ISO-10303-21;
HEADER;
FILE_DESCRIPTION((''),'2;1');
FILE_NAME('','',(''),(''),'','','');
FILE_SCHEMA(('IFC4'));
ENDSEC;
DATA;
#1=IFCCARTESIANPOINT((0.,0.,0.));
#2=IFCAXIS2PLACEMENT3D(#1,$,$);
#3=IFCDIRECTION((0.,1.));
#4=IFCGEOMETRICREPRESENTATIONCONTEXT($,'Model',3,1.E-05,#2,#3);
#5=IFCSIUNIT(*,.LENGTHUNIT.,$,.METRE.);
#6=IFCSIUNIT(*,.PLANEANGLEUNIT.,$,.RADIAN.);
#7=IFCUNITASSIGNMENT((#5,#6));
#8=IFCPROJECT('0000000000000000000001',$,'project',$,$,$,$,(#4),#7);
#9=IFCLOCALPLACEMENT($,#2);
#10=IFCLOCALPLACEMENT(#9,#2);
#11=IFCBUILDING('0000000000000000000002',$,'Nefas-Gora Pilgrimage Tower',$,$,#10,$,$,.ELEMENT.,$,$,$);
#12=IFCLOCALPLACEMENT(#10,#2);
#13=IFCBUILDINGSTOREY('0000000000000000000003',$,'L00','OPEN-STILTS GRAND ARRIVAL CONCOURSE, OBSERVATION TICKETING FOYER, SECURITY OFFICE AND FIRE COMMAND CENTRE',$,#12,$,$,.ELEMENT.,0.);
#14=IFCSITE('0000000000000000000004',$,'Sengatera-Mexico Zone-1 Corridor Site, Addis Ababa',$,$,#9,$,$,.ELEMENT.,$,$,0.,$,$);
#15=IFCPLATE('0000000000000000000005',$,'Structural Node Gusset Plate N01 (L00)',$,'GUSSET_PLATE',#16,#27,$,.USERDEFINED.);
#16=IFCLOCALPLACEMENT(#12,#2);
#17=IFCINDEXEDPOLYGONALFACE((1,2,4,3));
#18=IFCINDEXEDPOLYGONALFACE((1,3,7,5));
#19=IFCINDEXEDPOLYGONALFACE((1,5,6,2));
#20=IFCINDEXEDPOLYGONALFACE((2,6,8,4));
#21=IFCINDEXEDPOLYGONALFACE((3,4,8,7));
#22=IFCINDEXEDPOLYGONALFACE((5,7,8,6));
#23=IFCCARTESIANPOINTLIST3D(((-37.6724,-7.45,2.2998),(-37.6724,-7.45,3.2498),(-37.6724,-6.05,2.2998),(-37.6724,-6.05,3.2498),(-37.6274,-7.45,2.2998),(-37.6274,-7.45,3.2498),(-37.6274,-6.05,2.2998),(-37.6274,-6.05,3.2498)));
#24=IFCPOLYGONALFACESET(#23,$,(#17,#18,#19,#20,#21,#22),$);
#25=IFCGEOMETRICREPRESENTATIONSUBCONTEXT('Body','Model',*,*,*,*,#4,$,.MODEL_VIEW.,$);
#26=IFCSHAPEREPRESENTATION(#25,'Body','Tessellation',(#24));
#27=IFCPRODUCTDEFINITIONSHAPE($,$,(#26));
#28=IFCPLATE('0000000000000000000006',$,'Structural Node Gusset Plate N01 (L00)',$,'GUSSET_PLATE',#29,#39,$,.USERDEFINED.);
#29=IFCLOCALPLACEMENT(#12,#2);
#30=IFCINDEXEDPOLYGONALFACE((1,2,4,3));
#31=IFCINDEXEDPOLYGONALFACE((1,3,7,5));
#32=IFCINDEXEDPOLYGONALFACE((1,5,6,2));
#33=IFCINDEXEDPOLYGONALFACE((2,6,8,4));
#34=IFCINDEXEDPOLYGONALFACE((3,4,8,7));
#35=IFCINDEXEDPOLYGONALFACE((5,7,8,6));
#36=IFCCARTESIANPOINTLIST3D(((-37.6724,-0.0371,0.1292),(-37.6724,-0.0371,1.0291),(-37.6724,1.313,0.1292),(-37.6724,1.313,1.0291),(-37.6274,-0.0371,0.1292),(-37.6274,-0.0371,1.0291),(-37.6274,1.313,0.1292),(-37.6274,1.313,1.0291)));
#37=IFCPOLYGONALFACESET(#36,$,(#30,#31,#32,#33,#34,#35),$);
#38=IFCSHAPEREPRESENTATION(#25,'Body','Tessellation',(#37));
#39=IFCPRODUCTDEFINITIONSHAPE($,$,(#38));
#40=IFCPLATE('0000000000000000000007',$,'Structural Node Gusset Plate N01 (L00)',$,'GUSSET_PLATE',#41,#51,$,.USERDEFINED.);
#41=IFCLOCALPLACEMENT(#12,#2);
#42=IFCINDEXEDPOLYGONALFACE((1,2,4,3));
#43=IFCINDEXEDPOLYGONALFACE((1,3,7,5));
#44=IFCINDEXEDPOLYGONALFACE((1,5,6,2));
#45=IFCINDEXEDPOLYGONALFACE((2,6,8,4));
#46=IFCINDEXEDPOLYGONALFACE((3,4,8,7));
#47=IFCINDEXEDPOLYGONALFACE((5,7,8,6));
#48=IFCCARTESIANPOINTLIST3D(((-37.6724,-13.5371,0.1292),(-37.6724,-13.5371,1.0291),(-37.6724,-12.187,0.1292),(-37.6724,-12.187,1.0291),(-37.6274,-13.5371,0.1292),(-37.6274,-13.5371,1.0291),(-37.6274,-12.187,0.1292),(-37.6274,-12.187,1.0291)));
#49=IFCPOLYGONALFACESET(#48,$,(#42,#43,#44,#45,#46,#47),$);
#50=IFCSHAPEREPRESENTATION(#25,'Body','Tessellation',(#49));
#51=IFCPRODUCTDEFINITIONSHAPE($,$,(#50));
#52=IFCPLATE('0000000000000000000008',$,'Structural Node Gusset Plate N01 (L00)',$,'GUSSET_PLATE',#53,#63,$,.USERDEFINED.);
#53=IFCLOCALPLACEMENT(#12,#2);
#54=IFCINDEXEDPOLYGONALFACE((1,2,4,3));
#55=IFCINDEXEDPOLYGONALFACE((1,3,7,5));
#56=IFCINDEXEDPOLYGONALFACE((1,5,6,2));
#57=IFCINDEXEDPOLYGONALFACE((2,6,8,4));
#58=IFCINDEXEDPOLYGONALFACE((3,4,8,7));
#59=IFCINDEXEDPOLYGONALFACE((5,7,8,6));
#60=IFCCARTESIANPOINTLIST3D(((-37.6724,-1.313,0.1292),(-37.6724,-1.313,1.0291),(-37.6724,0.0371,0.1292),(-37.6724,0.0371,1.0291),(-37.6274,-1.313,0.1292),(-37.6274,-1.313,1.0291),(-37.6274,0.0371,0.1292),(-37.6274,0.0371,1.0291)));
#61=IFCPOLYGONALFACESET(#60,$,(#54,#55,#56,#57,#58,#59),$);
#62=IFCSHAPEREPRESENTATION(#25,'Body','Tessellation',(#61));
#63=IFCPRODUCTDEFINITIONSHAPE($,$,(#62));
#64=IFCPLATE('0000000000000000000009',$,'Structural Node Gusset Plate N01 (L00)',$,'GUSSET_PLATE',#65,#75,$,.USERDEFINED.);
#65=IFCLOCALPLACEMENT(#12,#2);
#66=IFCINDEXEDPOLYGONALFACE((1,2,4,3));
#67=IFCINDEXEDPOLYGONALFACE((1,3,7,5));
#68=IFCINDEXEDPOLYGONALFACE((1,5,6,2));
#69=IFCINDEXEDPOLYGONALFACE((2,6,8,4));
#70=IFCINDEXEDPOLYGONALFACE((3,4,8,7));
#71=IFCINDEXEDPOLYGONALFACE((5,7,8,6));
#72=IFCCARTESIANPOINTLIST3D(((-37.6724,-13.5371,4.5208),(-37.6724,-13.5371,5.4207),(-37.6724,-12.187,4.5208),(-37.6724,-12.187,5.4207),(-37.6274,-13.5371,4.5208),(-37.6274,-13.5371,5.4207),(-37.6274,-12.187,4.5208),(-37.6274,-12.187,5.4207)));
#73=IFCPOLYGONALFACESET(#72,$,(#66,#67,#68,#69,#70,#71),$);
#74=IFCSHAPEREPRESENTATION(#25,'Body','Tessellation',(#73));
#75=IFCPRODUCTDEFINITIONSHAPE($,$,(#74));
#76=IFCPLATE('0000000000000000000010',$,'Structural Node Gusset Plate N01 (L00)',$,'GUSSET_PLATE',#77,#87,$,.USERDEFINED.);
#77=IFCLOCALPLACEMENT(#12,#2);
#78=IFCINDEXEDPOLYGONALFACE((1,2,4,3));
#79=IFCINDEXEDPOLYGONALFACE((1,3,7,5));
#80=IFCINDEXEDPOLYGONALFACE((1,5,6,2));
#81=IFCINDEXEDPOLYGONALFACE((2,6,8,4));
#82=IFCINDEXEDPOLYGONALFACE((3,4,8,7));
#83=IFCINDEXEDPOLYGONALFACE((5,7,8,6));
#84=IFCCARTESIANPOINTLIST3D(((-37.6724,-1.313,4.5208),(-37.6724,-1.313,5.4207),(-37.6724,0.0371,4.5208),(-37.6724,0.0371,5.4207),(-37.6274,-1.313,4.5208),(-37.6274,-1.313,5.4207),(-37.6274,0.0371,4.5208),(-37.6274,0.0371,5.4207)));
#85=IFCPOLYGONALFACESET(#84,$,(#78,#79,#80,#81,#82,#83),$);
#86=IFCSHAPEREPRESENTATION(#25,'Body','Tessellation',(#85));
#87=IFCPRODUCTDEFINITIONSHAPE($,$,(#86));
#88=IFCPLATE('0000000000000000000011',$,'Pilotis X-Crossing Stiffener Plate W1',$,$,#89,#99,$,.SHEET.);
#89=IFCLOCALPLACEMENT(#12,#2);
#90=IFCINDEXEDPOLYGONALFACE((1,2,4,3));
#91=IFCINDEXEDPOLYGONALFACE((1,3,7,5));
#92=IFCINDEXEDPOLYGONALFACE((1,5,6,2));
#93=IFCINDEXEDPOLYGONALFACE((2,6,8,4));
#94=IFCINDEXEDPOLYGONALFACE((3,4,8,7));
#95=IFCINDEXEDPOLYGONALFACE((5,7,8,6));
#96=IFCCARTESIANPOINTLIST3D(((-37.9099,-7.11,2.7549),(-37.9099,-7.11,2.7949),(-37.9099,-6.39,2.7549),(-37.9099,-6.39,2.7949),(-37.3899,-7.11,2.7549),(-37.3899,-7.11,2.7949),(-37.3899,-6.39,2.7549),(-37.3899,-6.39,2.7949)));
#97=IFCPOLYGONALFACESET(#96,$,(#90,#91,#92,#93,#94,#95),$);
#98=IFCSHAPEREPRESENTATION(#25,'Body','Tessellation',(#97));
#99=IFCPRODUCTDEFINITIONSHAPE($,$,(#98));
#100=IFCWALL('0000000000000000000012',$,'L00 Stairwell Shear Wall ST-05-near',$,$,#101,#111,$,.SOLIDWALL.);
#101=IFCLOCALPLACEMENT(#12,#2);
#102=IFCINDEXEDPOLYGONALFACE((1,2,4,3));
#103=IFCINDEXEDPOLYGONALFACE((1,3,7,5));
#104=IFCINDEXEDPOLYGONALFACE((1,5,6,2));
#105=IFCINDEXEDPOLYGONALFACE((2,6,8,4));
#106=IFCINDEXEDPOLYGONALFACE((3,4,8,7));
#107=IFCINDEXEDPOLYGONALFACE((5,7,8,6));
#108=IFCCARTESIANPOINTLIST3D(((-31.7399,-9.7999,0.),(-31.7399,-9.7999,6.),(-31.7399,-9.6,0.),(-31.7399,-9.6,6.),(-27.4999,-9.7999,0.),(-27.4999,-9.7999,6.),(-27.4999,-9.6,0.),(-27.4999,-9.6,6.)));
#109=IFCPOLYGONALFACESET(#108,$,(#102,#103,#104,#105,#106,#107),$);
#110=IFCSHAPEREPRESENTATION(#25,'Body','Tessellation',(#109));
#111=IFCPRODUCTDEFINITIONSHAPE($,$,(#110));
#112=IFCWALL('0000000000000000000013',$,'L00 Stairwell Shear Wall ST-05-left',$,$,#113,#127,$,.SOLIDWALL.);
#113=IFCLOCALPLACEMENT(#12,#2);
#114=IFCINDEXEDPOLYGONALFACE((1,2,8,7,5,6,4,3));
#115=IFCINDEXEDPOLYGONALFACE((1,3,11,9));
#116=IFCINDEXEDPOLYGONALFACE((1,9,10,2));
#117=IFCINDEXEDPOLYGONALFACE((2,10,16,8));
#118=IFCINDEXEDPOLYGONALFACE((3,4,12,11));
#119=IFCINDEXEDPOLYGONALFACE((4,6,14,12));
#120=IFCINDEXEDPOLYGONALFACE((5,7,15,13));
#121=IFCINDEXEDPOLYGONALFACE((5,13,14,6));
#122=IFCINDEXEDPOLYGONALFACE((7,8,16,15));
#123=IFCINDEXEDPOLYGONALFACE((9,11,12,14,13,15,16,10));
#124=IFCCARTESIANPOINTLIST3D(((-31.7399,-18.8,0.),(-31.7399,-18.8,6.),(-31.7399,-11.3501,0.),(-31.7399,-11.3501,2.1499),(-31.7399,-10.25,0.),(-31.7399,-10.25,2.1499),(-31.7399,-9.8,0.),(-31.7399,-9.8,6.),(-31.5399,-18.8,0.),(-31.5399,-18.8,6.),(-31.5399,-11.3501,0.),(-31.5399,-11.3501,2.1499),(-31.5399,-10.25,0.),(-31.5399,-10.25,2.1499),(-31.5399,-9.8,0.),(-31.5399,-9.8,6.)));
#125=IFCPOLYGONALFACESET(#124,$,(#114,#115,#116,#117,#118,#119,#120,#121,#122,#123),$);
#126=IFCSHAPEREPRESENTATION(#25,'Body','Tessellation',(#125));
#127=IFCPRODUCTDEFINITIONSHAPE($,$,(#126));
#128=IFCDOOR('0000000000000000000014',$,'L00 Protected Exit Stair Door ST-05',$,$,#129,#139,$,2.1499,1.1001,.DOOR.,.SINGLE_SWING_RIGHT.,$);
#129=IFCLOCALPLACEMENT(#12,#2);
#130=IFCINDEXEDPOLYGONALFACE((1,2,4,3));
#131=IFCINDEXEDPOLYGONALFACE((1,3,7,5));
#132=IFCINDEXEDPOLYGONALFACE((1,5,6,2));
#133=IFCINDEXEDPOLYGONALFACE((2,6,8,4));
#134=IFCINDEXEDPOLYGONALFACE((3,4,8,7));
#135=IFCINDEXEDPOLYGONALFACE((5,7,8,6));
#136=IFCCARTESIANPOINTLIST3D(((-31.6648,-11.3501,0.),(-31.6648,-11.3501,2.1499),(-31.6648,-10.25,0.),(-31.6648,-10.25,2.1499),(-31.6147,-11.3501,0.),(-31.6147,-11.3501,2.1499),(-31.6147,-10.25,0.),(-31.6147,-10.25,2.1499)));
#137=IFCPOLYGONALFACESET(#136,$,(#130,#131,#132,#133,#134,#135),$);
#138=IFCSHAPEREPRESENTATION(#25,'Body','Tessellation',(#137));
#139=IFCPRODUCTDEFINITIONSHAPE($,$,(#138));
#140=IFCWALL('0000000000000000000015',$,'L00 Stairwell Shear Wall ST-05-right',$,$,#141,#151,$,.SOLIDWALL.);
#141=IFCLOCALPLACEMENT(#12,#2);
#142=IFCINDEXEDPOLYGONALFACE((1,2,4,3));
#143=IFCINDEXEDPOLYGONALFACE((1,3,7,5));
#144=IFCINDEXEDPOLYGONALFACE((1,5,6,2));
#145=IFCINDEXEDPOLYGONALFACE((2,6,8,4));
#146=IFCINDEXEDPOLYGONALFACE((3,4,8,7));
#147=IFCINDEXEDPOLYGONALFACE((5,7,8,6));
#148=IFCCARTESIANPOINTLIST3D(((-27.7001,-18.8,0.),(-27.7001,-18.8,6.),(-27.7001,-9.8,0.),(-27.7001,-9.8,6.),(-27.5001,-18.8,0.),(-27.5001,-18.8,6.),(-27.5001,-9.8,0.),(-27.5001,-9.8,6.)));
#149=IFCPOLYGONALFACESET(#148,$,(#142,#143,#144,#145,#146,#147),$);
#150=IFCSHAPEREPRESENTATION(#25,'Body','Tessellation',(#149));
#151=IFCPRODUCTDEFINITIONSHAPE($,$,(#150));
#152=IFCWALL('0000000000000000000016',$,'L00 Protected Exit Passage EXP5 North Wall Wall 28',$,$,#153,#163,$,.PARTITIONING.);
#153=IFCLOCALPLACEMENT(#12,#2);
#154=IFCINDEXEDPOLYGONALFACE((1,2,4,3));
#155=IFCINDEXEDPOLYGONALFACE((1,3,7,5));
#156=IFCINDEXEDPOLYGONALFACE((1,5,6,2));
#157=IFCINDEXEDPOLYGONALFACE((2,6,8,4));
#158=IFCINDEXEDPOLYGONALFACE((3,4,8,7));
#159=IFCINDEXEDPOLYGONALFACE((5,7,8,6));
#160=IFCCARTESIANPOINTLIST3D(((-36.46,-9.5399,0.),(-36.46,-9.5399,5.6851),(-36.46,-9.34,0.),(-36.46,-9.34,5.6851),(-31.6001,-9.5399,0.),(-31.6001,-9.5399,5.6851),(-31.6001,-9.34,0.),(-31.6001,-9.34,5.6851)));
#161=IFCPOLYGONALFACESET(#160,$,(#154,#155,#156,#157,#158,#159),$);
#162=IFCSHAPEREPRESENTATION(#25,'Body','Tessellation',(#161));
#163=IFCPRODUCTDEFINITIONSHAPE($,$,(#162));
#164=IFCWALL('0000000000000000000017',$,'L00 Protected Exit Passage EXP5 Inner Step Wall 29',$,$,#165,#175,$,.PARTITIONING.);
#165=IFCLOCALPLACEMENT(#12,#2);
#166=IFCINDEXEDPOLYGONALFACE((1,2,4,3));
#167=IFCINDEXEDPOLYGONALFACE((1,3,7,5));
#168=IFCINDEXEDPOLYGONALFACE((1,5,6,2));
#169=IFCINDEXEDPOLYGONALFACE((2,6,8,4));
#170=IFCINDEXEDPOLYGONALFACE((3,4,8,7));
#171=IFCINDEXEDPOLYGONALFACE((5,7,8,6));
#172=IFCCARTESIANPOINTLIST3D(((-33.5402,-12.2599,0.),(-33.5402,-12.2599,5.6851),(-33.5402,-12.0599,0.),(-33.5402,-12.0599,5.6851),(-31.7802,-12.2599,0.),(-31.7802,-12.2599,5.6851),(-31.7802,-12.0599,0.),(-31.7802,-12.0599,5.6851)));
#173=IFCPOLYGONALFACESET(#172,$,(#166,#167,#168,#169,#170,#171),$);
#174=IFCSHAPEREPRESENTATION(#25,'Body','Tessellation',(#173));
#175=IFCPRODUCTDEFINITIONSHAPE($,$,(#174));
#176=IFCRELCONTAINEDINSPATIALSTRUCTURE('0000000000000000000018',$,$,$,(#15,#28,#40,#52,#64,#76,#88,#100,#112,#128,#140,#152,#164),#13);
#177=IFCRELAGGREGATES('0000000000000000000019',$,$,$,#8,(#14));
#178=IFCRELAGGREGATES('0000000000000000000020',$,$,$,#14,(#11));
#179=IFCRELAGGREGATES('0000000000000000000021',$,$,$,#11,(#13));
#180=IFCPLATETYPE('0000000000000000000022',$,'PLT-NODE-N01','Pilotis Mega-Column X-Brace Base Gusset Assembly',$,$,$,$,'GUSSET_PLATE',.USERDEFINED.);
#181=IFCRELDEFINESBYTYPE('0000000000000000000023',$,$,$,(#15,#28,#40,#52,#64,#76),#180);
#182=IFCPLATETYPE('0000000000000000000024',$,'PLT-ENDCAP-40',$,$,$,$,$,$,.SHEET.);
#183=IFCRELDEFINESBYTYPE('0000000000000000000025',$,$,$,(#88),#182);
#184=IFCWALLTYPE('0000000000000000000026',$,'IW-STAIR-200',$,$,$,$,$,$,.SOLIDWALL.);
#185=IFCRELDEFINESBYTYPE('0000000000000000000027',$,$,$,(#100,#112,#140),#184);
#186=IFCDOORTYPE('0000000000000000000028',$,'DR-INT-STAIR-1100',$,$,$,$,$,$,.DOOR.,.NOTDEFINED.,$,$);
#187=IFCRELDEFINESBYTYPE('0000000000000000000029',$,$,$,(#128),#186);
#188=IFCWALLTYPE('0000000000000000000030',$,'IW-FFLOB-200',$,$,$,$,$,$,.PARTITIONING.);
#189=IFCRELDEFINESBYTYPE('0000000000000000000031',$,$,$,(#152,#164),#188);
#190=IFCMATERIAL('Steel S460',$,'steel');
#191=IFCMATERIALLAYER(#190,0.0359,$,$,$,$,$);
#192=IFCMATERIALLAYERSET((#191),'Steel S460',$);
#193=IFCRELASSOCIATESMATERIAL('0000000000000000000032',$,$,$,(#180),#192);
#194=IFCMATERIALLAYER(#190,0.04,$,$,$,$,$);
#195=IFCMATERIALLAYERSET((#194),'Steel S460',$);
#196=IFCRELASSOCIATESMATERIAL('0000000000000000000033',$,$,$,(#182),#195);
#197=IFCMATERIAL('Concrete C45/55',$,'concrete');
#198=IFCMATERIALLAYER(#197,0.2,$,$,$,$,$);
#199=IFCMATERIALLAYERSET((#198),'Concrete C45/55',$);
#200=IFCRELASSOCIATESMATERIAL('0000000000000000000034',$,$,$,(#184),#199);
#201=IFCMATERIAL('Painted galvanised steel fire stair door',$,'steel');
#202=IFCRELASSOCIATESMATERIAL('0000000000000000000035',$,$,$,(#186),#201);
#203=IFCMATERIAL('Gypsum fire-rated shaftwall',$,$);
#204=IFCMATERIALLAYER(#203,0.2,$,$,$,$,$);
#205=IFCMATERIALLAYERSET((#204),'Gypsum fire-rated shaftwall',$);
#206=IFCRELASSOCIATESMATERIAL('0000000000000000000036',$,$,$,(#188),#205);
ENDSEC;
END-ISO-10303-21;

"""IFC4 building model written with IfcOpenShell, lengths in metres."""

from ifc_helpers import new_model, si_unit, direction, frame, frame_2d, origin, origin_2d, place, context, subcontext, project, spatial, rectangle, extrude, source, transform, mapped, material, layer, layer_set, type_object, element, fill, save


model = new_model("IFC4")

# Units and contexts
model_context = context("Model", 3, precision=1e-05, world=origin(), true_north=direction((0.0, 1.0)))
body_context = subcontext(model_context, "Body", "Model", "MODEL_VIEW")
ifc_project = project(units=[si_unit("LENGTHUNIT", "METRE"), si_unit("PLANEANGLEUNIT", "RADIAN")], contexts=[model_context])

# Site, building, storey
site_placement = place(None, origin())
site = spatial("IfcSite", under=ifc_project, at=site_placement, Name="Sengatera-Mexico Zone-1 Corridor Site, Addis Ababa", CompositionType="ELEMENT", RefElevation=0.0)
building_placement = place(site_placement, origin())
building = spatial("IfcBuilding", under=site, at=building_placement, Name="Nefas-Gora Pilgrimage Tower", CompositionType="ELEMENT")
storey_placement = place(building_placement, origin())
storey = spatial("IfcBuildingStorey", under=building, at=storey_placement, Name="L00", Description="OPEN-STILTS GRAND ARRIVAL CONCOURSE, OBSERVATION TICKETING FOYER, SECURITY OFFICE AND FIRE COMMAND CENTRE", CompositionType="ELEMENT", Elevation=0.0)

# Shared definitions
ifc_material_1 = material(Name="Concrete C45/55", Category="concrete")

# Shared definitions
ifc_material_2 = material(Name="Steel S460", Category="steel")

# Plates
ifc_layer_1 = layer(ifc_material_2, 0.0359)
ifc_layer_set_1 = layer_set([ifc_layer_1], Name="Steel S460")
plate_type_1 = type_object("IfcPlateType", Name="PLT-NODE-N01", Description="Pilotis Mega-Column X-Brace Base Gusset Assembly", ElementType="GUSSET_PLATE", PredefinedType="USERDEFINED", material=ifc_layer_set_1)
shared_shape_1 = source(origin(), body_context, "Body", "SweptSolid", [
    extrude(rectangle(XDim=1.3999, YDim=0.0449, at=origin_2d()), origin(), (0.0, 0.0, 1.0), 0.95),
])
plate_1_placement = place(storey_placement, frame((-37.6499, -6.75, 2.2998), z_axis=(0.0, 0.0, 1.0), x_axis=(0.0, 1.0, 0.0)))
element("IfcPlate", 1, at=plate_1_placement, inside=storey, type_object=plate_type_1, Name="Structural Node Gusset Plate N01 (L00)", ObjectType="GUSSET_PLATE", PredefinedType="USERDEFINED", context=body_context, shape_type="MappedRepresentation", body=[
    mapped(shared_shape_1, transform((0.0, 0.0, 0.0), x_axis=(1.0, 0.0, 0.0), y_axis=(0.0, 1.0, 0.0), z_axis=(0.0, 0.0, 1.0), scale=1.0)),
])
shared_shape_2 = source(origin(), body_context, "Body", "SweptSolid", [
    extrude(rectangle(XDim=1.3501, YDim=0.0449, at=origin_2d()), origin(), (0.0, 0.0, 1.0), 0.8999),
])
for number, where, z_axis, x_axis, name in (
    (2, (-37.6499, 0.6379, 0.1292), (0.0, 0.0, 1.0), (0.0, 1.0, 0.0), "Structural Node Gusset Plate N01 (L00)"),
    (3, (-37.6499, -12.8621, 0.1292), (0.0, 0.0, 1.0), (0.0, 1.0, 0.0), "Structural Node Gusset Plate N01 (L00)"),
    (4, (-37.6499, -0.6379, 0.1292), (0.0, 0.0, 1.0), (0.0, 1.0, 0.0), "Structural Node Gusset Plate N01 (L00)"),
    (5, (-37.6499, -12.8621, 4.5208), (0.0, 0.0, 1.0), (0.0, 1.0, 0.0), "Structural Node Gusset Plate N01 (L00)"),
    (6, (-37.6499, -0.6379, 4.5208), (0.0, 0.0, 1.0), (0.0, 1.0, 0.0), "Structural Node Gusset Plate N01 (L00)"),
):
    element("IfcPlate", number, at=place(storey_placement, frame(where, z_axis=z_axis, x_axis=x_axis)), inside=storey, type_object=plate_type_1, Name=name, ObjectType="GUSSET_PLATE", PredefinedType="USERDEFINED", context=body_context, shape_type="MappedRepresentation", body=[
        mapped(shared_shape_2, transform((0.0, 0.0, 0.0), x_axis=(1.0, 0.0, 0.0), y_axis=(0.0, 1.0, 0.0), z_axis=(0.0, 0.0, 1.0), scale=1.0)),
    ])
ifc_layer_2 = layer(ifc_material_2, 0.04)
ifc_layer_set_2 = layer_set([ifc_layer_2], Name="Steel S460")
plate_type_2 = type_object("IfcPlateType", Name="PLT-ENDCAP-40", PredefinedType="SHEET", material=ifc_layer_set_2)
shared_shape_3 = source(origin(), body_context, "Body", "SweptSolid", [
    extrude(rectangle(XDim=0.72, YDim=0.52, at=origin_2d()), origin(), (0.0, 0.0, 1.0), 0.04),
])
plate_2_placement = place(storey_placement, frame((-37.6499, -6.75, 2.7549), z_axis=(0.0, 0.0, 1.0), x_axis=(0.0, 1.0, 0.0)))
element("IfcPlate", 7, at=plate_2_placement, inside=storey, type_object=plate_type_2, Name="Pilotis X-Crossing Stiffener Plate W1", PredefinedType="SHEET", context=body_context, shape_type="MappedRepresentation", body=[
    mapped(shared_shape_3, transform((0.0, 0.0, 0.0), x_axis=(1.0, 0.0, 0.0), y_axis=(0.0, 1.0, 0.0), z_axis=(0.0, 0.0, 1.0), scale=1.0)),
])

# Wall
ifc_layer_3 = layer(ifc_material_1, 0.2)
ifc_layer_set_3 = layer_set([ifc_layer_3], Name="Concrete C45/55")
wall_type_1 = type_object("IfcWallType", Name="IW-STAIR-200", PredefinedType="SOLIDWALL", material=ifc_layer_set_3)
shared_shape_4 = source(origin(), body_context, "Body", "SweptSolid", [
    extrude(rectangle(XDim=4.24, YDim=0.2, at=frame_2d((2.1201, 0.0))), origin(), (0.0, 0.0, 1.0), 6.0),
])
wall_1_placement = place(storey_placement, frame((-31.74, -9.7, 0.0), z_axis=(0.0, 0.0, 1.0), x_axis=(1.0, 0.0, 0.0)))
element("IfcWall", 8, at=wall_1_placement, inside=storey, type_object=wall_type_1, Name="L00 Stairwell Shear Wall ST-05-near", PredefinedType="SOLIDWALL", context=body_context, shape_type="MappedRepresentation", body=[
    mapped(shared_shape_4, transform((0.0, 0.0, 0.0), x_axis=(1.0, 0.0, 0.0), y_axis=(0.0, 1.0, 0.0), z_axis=(0.0, 0.0, 1.0), scale=1.0)),
])

# Wall, opening, door
shared_shape_5 = source(origin(), body_context, "Body", "SweptSolid", [
    extrude(rectangle(XDim=9.0, YDim=0.2, at=frame_2d((4.5, 0.0))), origin(), (0.0, 0.0, 1.0), 6.0),
])
wall_2_placement = place(storey_placement, frame((-31.6399, -9.8, 0.0), z_axis=(0.0, 0.0, 1.0), x_axis=(0.0, -1.0, 0.0)))
wall_2 = element("IfcWall", 9, at=wall_2_placement, inside=storey, type_object=wall_type_1, Name="L00 Stairwell Shear Wall ST-05-left", PredefinedType="SOLIDWALL", context=body_context, shape_type="MappedRepresentation", body=[
    mapped(shared_shape_5, transform((0.0, 0.0, 0.0), x_axis=(1.0, 0.0, 0.0), y_axis=(0.0, 1.0, 0.0), z_axis=(0.0, 0.0, 1.0), scale=1.0)),
])
opening_placement = place(wall_2_placement, frame((0.45, 0.0, 0.0)))
opening = element("IfcOpeningElement", 10, at=opening_placement, cuts=wall_2, PredefinedType="OPENING", context=body_context, shape_type="SweptSolid", body=[
    extrude(rectangle(XDim=1.1001, YDim=2.1499, at=frame_2d((0.55, 1.075))), frame((0.0, 0.1099, 0.0), z_axis=(0.0, -1.0, 0.0), x_axis=(1.0, 0.0, 0.0)), (0.0, 0.0, 1.0), 0.22),
])
ifc_material_3 = material(Name="Painted galvanised steel fire stair door", Category="steel")
door_type = type_object("IfcDoorType", Name="DR-INT-STAIR-1100", OperationType="NOTDEFINED", PredefinedType="DOOR", material=ifc_material_3)
shared_shape_6 = source(origin(), body_context, "Body", "SweptSolid", [
    extrude(rectangle(XDim=1.1001, YDim=2.1499, at=frame_2d((0.55, 1.075))), frame((0.0, 0.0249, 0.0), z_axis=(0.0, -1.0, 0.0), x_axis=(1.0, 0.0, 0.0)), (0.0, 0.0, 1.0), 0.05),
])
door_placement = place(opening_placement, frame((1.1001, 0.0, 0.0), z_axis=(0.0, 0.0, 1.0), x_axis=(-1.0, 0.0, 0.0)))
door = element("IfcDoor", 11, at=door_placement, inside=storey, type_object=door_type, Name="L00 Protected Exit Stair Door ST-05", OperationType="SINGLE_SWING_RIGHT", OverallHeight=2.1499, OverallWidth=1.1001, PredefinedType="DOOR", context=body_context, shape_type="MappedRepresentation", body=[
    mapped(shared_shape_6, transform((0.0, 0.0, 0.0), x_axis=(1.0, 0.0, 0.0), y_axis=(0.0, 1.0, 0.0), z_axis=(0.0, 0.0, 1.0), scale=1.0)),
])
fill(opening, door)

# Walls
wall_3_placement = place(storey_placement, frame((-27.6001, -9.8, 0.0), z_axis=(0.0, 0.0, 1.0), x_axis=(0.0, -1.0, 0.0)))
element("IfcWall", 12, at=wall_3_placement, inside=storey, type_object=wall_type_1, Name="L00 Stairwell Shear Wall ST-05-right", PredefinedType="SOLIDWALL", context=body_context, shape_type="MappedRepresentation", body=[
    mapped(shared_shape_5, transform((0.0, 0.0, 0.0), x_axis=(1.0, 0.0, 0.0), y_axis=(0.0, 1.0, 0.0), z_axis=(0.0, 0.0, 1.0), scale=1.0)),
])
ifc_material_4 = material(Name="Gypsum fire-rated shaftwall")
ifc_layer_4 = layer(ifc_material_4, 0.2)
ifc_layer_set_4 = layer_set([ifc_layer_4], Name="Gypsum fire-rated shaftwall")
wall_type_2 = type_object("IfcWallType", Name="IW-FFLOB-200", PredefinedType="PARTITIONING", material=ifc_layer_set_4)
shared_shape_7 = source(origin(), body_context, "Body", "SweptSolid", [
    extrude(rectangle(XDim=4.8599, YDim=0.2, at=frame_2d((2.4299, 0.0))), origin(), (0.0, 0.0, 1.0), 5.6851),
])
wall_4_placement = place(storey_placement, frame((-36.46, -9.4399, 0.0), z_axis=(0.0, 0.0, 1.0), x_axis=(1.0, 0.0, 0.0)))
element("IfcWall", 13, at=wall_4_placement, inside=storey, type_object=wall_type_2, Name="L00 Protected Exit Passage EXP5 North Wall Wall 28", PredefinedType="PARTITIONING", context=body_context, shape_type="MappedRepresentation", body=[
    mapped(shared_shape_7, transform((0.0, 0.0, 0.0), x_axis=(1.0, 0.0, 0.0), y_axis=(0.0, 1.0, 0.0), z_axis=(0.0, 0.0, 1.0), scale=1.0)),
])
shared_shape_8 = source(origin(), body_context, "Body", "SweptSolid", [
    extrude(rectangle(XDim=1.76, YDim=0.2, at=frame_2d((0.8799, 0.0))), origin(), (0.0, 0.0, 1.0), 5.6851),
])
wall_5_placement = place(storey_placement, frame((-33.54, -12.1599, 0.0), z_axis=(0.0, 0.0, 1.0), x_axis=(1.0, 0.0, 0.0)))
element("IfcWall", 14, at=wall_5_placement, inside=storey, type_object=wall_type_2, Name="L00 Protected Exit Passage EXP5 Inner Step Wall 29", PredefinedType="PARTITIONING", context=body_context, shape_type="MappedRepresentation", body=[
    mapped(shared_shape_8, transform((0.0, 0.0, 0.0), x_axis=(1.0, 0.0, 0.0), y_axis=(0.0, 1.0, 0.0), z_axis=(0.0, 0.0, 1.0), scale=1.0)),
])

save(model, "model.ifc")
